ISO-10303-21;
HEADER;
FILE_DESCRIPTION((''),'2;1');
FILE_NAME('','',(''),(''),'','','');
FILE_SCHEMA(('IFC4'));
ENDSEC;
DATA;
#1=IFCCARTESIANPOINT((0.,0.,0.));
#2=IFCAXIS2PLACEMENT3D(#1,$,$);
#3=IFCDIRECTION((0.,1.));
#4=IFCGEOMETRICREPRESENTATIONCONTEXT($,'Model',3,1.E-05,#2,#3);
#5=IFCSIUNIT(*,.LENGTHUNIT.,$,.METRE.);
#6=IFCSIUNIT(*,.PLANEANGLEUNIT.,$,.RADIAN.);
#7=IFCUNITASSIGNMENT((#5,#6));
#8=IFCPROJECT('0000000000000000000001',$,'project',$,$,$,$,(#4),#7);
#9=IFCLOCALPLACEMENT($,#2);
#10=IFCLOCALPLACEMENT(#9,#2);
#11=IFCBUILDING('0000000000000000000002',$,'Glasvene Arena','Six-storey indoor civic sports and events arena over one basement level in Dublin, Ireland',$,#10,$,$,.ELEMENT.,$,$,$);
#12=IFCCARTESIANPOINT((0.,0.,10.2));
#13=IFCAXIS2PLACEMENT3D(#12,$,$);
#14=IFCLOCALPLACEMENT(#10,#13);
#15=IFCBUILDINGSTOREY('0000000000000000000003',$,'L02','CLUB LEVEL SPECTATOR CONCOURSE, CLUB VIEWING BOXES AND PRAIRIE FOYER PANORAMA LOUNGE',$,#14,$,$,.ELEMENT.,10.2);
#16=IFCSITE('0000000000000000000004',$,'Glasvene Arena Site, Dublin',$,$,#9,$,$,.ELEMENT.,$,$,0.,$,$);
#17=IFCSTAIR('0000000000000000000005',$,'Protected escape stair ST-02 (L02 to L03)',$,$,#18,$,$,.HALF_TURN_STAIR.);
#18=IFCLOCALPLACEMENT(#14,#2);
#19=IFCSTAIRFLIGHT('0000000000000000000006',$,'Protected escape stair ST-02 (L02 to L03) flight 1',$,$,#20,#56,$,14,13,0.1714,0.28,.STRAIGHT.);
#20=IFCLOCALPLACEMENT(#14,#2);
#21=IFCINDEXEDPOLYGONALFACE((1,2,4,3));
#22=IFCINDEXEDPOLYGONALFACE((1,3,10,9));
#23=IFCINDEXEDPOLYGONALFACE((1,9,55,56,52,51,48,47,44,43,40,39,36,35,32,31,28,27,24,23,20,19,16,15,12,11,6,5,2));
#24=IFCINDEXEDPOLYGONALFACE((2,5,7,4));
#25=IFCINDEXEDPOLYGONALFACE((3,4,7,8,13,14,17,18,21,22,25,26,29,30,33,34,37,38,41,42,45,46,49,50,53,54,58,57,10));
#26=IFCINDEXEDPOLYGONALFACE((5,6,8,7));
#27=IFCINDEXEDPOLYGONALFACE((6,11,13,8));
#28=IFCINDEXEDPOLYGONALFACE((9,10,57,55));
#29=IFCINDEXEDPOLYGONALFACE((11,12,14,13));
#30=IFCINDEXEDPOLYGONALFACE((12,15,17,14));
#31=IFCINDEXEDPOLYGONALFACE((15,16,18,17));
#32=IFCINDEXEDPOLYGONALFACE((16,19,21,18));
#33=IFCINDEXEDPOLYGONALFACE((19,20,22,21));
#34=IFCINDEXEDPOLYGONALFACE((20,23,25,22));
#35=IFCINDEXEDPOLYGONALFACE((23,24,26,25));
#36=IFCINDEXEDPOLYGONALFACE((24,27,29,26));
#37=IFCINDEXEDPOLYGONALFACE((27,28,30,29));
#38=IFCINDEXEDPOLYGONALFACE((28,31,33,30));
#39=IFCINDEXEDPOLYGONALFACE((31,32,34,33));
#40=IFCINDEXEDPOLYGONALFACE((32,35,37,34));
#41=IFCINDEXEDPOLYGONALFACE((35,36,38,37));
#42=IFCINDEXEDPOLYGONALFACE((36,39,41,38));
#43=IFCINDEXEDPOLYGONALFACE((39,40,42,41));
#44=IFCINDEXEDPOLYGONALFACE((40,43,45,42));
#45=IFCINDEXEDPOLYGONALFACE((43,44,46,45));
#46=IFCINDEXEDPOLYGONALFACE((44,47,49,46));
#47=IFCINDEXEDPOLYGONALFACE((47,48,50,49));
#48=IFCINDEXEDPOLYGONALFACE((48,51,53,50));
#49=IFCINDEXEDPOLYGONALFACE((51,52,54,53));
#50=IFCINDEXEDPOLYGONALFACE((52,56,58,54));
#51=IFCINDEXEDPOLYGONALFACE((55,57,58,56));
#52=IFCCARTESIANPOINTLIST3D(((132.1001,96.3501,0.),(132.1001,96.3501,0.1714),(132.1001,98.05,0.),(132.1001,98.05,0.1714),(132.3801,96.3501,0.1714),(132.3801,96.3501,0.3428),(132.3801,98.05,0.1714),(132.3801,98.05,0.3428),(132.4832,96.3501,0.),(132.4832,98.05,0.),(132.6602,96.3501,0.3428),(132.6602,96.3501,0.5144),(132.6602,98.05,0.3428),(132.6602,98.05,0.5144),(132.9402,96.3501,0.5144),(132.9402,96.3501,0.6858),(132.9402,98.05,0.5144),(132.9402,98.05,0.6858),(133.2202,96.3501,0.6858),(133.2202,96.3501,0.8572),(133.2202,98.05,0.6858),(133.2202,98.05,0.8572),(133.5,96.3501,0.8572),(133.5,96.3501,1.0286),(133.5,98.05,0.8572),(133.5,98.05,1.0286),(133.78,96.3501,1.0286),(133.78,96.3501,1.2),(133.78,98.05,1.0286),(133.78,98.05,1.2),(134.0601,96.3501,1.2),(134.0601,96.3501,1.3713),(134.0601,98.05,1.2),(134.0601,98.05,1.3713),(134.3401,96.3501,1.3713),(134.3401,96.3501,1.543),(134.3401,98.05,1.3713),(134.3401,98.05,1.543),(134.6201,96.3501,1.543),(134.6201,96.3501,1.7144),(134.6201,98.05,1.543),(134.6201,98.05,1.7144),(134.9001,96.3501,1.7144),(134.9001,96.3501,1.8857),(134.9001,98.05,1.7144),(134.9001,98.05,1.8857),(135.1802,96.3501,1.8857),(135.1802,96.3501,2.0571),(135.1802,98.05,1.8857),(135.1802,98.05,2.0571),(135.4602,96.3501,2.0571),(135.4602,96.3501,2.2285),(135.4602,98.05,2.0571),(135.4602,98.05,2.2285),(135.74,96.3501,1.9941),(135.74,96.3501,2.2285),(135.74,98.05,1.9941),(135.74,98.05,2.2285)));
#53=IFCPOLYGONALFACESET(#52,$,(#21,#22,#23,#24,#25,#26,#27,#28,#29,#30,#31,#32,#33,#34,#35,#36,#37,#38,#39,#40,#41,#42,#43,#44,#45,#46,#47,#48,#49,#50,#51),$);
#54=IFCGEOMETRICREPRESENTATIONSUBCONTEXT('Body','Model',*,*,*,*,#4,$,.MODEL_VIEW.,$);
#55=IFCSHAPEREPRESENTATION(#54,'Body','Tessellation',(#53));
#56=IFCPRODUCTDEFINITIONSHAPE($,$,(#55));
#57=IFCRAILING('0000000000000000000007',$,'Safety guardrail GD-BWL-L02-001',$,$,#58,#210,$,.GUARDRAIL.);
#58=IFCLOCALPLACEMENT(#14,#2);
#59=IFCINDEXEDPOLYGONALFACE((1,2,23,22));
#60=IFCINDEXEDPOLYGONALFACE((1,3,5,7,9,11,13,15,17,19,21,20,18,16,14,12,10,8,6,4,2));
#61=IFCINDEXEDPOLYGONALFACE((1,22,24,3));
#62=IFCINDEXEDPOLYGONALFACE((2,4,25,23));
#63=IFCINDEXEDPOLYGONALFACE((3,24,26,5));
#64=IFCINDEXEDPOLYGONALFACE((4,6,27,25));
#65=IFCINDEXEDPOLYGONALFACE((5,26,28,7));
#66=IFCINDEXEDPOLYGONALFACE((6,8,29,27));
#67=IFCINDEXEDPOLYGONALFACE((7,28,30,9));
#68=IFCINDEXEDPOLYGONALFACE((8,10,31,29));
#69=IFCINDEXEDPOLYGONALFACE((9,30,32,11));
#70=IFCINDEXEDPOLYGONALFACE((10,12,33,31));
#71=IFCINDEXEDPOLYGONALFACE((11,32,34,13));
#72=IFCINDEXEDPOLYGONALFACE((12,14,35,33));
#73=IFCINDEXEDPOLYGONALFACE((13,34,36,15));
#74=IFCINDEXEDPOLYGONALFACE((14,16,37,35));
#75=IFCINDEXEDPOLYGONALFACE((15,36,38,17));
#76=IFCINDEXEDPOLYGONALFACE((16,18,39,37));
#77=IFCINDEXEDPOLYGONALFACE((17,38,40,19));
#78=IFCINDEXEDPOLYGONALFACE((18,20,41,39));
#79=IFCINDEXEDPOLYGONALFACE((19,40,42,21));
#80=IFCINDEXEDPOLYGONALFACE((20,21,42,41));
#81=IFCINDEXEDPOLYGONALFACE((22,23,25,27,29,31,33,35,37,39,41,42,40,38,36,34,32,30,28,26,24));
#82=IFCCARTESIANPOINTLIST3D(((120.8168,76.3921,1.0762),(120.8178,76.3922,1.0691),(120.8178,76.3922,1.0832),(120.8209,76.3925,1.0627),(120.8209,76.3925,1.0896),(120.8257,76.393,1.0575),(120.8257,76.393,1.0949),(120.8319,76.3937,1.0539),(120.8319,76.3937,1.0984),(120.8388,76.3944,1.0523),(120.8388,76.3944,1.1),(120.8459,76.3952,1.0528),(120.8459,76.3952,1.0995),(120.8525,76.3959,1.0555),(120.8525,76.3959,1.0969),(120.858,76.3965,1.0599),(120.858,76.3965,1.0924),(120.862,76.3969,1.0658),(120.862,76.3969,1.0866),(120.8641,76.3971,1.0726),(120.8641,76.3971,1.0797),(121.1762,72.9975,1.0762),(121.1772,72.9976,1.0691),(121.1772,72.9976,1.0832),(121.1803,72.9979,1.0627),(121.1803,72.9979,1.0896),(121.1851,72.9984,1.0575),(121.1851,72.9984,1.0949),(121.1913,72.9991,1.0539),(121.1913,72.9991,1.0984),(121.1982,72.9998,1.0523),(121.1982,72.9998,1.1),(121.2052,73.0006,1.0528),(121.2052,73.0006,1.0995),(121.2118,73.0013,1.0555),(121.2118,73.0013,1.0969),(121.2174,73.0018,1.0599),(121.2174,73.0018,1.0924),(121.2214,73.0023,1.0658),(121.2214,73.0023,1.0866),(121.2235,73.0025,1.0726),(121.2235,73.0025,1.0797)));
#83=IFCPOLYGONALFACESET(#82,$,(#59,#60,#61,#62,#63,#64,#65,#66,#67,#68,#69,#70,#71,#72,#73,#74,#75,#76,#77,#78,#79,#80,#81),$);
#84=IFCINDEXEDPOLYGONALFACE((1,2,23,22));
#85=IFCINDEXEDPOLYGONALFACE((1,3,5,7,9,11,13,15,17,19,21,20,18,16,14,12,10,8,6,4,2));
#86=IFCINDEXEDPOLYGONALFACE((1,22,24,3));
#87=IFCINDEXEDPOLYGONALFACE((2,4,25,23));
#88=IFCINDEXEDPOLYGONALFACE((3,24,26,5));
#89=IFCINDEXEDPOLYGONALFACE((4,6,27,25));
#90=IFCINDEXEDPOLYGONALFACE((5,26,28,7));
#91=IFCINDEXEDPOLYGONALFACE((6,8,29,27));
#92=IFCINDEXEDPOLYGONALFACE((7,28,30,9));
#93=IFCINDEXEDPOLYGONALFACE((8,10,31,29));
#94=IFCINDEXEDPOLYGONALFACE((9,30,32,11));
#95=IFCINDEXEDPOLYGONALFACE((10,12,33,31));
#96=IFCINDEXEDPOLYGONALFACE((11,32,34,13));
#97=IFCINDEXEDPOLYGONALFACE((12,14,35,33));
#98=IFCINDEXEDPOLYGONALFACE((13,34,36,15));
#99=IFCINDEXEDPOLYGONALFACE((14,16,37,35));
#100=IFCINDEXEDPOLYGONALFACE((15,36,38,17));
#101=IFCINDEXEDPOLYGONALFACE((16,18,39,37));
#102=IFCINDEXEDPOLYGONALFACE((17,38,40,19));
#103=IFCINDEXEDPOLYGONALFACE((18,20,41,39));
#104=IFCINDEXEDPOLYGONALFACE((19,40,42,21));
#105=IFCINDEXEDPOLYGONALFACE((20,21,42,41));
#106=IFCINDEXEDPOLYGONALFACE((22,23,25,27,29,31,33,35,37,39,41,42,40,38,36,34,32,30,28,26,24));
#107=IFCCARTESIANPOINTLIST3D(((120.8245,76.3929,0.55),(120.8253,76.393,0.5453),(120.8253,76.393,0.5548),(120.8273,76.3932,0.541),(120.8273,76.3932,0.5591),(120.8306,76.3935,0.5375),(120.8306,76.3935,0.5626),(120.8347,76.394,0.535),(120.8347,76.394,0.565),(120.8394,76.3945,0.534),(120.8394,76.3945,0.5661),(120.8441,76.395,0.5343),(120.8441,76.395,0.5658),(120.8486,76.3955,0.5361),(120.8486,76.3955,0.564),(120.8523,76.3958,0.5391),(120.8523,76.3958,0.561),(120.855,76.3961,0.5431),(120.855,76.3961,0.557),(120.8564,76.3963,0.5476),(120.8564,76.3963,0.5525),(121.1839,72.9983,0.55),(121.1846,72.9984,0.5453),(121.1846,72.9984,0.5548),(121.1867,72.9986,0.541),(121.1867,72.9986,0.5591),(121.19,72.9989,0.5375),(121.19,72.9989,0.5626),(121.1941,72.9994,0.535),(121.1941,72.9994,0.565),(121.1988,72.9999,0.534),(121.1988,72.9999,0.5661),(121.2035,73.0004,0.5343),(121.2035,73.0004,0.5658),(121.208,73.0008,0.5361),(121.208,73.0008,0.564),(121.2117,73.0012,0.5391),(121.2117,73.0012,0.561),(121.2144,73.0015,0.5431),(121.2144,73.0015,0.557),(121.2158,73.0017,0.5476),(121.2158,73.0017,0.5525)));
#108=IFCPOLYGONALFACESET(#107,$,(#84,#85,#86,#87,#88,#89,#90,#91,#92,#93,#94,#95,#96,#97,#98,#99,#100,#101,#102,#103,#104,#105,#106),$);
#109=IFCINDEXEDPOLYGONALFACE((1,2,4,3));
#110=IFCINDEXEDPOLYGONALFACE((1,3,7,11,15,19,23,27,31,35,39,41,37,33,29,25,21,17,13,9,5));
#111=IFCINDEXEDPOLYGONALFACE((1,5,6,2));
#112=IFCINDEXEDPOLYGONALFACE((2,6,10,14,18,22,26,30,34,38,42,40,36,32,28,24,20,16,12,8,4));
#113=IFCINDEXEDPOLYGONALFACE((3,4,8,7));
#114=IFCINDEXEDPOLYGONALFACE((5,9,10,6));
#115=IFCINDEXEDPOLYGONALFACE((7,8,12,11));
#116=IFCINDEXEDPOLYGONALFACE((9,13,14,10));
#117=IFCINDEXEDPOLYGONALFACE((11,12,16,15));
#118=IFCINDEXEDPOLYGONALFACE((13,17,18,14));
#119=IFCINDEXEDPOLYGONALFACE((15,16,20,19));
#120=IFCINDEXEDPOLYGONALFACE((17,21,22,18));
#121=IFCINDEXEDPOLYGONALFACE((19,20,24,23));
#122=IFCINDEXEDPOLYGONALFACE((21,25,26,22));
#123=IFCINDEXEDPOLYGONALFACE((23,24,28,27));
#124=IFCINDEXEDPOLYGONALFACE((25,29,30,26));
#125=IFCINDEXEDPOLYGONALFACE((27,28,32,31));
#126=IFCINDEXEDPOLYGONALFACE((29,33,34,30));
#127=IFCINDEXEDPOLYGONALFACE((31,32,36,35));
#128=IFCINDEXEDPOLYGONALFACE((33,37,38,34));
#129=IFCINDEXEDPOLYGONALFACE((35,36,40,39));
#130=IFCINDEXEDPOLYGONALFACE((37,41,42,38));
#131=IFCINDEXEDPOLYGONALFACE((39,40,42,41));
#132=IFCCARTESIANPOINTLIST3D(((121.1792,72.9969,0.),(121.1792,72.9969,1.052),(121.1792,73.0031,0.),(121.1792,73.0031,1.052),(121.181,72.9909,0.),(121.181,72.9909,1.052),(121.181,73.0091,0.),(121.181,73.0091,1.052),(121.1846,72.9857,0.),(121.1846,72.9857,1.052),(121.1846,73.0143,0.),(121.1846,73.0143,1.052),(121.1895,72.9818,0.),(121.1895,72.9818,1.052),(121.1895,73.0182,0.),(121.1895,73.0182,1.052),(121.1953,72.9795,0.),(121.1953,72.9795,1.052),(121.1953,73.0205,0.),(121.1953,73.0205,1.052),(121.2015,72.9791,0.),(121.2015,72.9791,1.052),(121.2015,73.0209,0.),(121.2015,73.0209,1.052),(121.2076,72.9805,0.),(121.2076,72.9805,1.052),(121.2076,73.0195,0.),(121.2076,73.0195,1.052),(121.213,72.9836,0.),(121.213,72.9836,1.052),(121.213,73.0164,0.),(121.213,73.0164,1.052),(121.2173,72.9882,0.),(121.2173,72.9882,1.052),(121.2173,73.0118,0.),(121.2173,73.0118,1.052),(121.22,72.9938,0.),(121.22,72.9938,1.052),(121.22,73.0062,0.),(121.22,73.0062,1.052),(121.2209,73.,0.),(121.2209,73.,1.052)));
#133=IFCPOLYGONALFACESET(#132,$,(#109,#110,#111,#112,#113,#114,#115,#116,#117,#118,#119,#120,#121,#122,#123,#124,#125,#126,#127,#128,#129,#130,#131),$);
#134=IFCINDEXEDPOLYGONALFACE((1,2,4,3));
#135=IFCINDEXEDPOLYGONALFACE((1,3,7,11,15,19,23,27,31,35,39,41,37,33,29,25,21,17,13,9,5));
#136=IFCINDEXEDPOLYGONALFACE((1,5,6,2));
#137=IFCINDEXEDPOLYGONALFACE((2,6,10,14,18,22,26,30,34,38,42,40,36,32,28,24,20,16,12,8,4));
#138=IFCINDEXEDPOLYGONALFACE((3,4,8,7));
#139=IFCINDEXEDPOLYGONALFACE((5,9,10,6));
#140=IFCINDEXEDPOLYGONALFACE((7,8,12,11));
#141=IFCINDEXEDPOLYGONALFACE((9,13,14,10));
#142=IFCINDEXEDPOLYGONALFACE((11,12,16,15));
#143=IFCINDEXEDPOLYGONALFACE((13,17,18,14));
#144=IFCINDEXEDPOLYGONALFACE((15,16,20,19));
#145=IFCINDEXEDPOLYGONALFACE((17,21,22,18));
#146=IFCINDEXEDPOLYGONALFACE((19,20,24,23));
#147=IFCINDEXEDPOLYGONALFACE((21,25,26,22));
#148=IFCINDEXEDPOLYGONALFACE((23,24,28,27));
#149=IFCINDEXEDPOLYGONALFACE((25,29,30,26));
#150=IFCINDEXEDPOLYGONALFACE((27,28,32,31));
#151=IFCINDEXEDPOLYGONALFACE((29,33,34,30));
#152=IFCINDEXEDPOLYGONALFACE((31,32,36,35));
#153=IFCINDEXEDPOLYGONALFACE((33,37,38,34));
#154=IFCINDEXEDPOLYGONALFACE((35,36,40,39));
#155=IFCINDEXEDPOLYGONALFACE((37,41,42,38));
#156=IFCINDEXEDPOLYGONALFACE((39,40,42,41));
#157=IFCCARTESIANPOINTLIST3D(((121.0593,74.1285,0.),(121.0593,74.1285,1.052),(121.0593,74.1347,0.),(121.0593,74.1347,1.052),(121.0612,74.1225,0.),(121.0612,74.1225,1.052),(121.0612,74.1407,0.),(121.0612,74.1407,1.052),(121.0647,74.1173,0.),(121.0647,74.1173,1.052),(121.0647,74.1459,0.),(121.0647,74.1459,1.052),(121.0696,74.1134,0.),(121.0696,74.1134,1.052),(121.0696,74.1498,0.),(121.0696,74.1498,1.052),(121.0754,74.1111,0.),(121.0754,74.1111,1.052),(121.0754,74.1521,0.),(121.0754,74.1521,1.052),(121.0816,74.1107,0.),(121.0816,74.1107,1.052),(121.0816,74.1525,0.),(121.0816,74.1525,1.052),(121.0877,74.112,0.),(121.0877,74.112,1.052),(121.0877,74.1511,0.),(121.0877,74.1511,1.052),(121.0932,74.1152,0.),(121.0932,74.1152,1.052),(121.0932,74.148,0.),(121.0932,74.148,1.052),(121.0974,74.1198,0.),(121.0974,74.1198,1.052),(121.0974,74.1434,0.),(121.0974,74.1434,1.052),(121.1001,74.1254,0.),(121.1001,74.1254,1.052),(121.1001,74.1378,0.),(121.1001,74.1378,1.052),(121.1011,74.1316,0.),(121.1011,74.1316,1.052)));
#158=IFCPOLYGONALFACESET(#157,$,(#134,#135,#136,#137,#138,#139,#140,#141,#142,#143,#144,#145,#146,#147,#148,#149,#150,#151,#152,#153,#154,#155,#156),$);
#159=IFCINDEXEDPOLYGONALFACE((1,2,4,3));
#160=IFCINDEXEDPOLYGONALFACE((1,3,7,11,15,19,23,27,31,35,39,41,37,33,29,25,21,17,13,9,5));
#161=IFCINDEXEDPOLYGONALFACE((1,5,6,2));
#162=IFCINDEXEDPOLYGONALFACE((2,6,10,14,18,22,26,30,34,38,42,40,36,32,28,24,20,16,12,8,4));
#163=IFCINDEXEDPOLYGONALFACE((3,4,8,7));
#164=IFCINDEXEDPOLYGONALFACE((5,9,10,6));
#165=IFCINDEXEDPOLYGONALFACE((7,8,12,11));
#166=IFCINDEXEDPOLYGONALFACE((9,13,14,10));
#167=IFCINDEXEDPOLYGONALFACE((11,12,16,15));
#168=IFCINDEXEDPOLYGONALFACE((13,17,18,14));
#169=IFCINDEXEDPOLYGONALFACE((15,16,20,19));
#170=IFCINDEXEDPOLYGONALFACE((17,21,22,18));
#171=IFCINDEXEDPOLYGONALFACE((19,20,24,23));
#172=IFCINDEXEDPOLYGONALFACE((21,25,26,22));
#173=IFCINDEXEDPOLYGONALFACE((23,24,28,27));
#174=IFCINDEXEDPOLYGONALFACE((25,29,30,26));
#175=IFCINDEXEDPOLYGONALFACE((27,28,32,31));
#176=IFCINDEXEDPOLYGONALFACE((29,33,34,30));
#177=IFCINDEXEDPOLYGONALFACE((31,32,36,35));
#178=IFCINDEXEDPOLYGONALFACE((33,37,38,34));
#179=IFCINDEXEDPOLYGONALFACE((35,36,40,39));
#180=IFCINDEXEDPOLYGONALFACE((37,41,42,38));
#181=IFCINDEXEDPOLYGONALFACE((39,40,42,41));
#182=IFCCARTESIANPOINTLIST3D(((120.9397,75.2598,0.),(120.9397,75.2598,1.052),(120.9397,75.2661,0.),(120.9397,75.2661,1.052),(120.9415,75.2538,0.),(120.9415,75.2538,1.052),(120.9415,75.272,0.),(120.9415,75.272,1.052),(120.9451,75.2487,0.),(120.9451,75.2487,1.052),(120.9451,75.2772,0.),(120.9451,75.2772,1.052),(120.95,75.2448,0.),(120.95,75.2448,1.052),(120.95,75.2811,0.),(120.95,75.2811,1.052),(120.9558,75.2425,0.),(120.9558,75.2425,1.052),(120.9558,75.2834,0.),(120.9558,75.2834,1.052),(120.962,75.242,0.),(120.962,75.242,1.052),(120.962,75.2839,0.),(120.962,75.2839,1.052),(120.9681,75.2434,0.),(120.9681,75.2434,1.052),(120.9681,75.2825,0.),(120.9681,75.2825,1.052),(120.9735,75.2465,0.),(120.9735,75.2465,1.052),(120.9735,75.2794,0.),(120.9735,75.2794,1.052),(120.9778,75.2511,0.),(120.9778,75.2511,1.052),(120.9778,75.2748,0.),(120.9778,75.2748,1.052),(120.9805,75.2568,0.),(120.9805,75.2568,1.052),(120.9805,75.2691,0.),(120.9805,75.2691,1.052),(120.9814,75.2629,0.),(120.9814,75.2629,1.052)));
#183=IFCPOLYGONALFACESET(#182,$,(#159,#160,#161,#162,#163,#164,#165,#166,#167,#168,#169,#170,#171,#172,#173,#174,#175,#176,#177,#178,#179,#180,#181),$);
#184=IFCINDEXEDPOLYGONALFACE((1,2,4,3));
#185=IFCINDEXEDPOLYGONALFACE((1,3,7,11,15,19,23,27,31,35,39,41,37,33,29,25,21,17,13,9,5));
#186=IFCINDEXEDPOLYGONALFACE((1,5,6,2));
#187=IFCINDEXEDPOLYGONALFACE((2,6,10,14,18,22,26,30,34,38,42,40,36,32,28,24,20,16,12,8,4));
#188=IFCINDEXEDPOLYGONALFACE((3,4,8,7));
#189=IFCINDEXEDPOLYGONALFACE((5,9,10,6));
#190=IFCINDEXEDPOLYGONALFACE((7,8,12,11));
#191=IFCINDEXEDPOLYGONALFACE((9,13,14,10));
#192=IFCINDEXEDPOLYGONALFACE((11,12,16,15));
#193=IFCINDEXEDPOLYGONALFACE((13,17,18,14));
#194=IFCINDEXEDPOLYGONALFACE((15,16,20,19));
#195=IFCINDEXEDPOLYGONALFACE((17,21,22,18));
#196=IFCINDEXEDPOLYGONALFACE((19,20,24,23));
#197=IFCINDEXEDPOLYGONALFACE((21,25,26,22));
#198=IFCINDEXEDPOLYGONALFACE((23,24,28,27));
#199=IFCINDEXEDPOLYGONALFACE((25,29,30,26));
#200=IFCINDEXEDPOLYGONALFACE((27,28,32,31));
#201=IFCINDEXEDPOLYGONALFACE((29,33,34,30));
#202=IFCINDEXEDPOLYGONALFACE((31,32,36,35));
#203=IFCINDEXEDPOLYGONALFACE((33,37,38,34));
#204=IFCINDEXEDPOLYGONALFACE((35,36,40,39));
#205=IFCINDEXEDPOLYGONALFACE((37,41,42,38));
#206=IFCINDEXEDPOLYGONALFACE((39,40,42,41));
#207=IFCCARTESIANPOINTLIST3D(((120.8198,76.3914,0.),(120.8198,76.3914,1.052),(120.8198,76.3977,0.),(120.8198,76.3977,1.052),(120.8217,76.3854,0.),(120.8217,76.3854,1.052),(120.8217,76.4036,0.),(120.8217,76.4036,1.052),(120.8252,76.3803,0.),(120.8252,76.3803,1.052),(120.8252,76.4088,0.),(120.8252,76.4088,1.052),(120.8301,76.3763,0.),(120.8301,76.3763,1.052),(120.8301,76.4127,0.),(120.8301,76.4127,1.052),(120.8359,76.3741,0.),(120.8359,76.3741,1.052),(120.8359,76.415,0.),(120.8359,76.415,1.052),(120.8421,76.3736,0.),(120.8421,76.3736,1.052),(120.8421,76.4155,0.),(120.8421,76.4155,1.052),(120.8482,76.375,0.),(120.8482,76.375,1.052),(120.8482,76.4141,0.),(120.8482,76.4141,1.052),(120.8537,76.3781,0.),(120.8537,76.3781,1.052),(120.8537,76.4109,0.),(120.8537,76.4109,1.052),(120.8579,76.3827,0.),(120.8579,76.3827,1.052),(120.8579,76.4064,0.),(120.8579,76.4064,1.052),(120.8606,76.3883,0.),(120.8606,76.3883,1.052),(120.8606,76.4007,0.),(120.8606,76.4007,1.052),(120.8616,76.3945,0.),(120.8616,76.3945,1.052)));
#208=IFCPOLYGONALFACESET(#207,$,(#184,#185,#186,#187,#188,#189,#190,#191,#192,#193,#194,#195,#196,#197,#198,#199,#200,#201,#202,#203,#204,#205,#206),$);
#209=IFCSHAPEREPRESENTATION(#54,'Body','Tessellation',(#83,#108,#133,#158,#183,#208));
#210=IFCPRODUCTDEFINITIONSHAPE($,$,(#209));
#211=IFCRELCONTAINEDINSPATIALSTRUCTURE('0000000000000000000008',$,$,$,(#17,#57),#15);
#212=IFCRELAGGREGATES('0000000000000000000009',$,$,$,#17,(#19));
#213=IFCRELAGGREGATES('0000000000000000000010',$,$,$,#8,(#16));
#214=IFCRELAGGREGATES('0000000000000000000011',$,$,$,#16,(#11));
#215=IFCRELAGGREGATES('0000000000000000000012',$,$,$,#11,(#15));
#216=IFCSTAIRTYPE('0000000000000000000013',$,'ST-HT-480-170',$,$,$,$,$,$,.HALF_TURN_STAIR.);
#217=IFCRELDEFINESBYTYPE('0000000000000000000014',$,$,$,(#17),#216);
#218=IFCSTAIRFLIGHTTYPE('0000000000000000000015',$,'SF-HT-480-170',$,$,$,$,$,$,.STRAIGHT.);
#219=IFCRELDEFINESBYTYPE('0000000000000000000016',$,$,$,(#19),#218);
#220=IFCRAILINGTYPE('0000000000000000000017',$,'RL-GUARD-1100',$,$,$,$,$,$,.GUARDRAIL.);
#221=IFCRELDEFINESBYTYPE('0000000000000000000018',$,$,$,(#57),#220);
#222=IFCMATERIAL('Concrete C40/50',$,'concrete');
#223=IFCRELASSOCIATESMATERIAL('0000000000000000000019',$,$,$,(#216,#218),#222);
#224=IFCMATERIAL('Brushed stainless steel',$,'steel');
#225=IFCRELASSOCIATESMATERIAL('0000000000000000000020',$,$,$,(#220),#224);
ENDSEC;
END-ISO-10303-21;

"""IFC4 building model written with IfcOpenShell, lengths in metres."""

from ifc_helpers import new_model, si_unit, direction, frame, origin, origin_2d, place, context, subcontext, project, spatial, polyline, circle, outline, extrude, material, type_object, element, aggregate, save


model = new_model("IFC4")

# Units and contexts
model_context = context("Model", 3, precision=1e-05, world=origin(), true_north=direction((0.0, 1.0)))
body_context = subcontext(model_context, "Body", "Model", "MODEL_VIEW")
ifc_project = project(units=[si_unit("LENGTHUNIT", "METRE"), si_unit("PLANEANGLEUNIT", "RADIAN")], contexts=[model_context])

# Site, building, storey
site_placement = place(None, origin())
site = spatial("IfcSite", under=ifc_project, at=site_placement, Name="Glasvene Arena Site, Dublin", CompositionType="ELEMENT", RefElevation=0.0)
building_placement = place(site_placement, origin())
building = spatial("IfcBuilding", under=site, at=building_placement, Name="Glasvene Arena", Description="Six-storey indoor civic sports and events arena over one basement level in Dublin, Ireland", CompositionType="ELEMENT")
storey_placement = place(building_placement, frame((0.0, 0.0, 10.2)))
storey = spatial("IfcBuildingStorey", under=building, at=storey_placement, Name="L02", Description="CLUB LEVEL SPECTATOR CONCOURSE, CLUB VIEWING BOXES AND PRAIRIE FOYER PANORAMA LOUNGE", CompositionType="ELEMENT", Elevation=10.2)

# Shared definitions
ifc_material_1 = material(Name="Concrete C40/50", Category="concrete")

# Stair, stair flight
stair_type = type_object("IfcStairType", Name="ST-HT-480-170", PredefinedType="HALF_TURN_STAIR", material=ifc_material_1)
stair_placement = place(storey_placement, origin())
stair = element("IfcStair", 1, at=stair_placement, inside=storey, type_object=stair_type, Name="Protected escape stair ST-02 (L02 to L03)", PredefinedType="HALF_TURN_STAIR")
stair_flight_type = type_object("IfcStairFlightType", Name="SF-HT-480-170", PredefinedType="STRAIGHT", material=ifc_material_1)
stair_flight_placement = place(storey_placement, frame((132.1001, 97.2, 0.0), z_axis=(0.0, 0.0, 1.0), x_axis=(1.0, 0.0, 0.0)))
stair_flight = element("IfcStairFlight", 2, at=stair_flight_placement, type_object=stair_flight_type, Name="Protected escape stair ST-02 (L02 to L03) flight 1", NumberOfRisers=14, NumberOfTreads=13, PredefinedType="STRAIGHT", RiserHeight=0.1714, TreadLength=0.28, context=body_context, shape_type="SweptSolid", body=[
    extrude(outline(polyline([(0.0, 0.0), (0.0, 0.1714), (0.28, 0.1714), (0.28, 0.3428), (0.5601, 0.3428), (0.5601, 0.5144), (0.8401, 0.5144), (0.8401, 0.6858), (1.1201, 0.6858), (1.1201, 0.8572), (1.3999, 0.8572), (1.3999, 1.0286), (1.6799, 1.0286), (1.6799, 1.2), (1.96, 1.2), (1.96, 1.3713), (2.24, 1.3713), (2.24, 1.543), (2.52, 1.543), (2.52, 1.7144), (2.8, 1.7144), (2.8, 1.8857), (3.0801, 1.8857), (3.0801, 2.0571), (3.3601, 2.0571), (3.3601, 2.2285), (3.6399, 2.2285), (3.6399, 2.3999), (3.6399, 1.9941), (0.3831, 0.0), (0.0, 0.0)])), frame((0.0, 0.8501, 0.0), z_axis=(0.0, -1.0, 0.0), x_axis=(1.0, 0.0, 0.0)), (0.0, 0.0, 1.0), 1.7),
])
aggregate(stair, [stair_flight])

# Railing
ifc_material_2 = material(Name="Brushed stainless steel", Category="steel")
railing_type_1 = type_object("IfcRailingType", Name="RL-GUARD-1100", PredefinedType="GUARDRAIL", material=ifc_material_2)
railing_1_placement = place(storey_placement, frame((121.2, 73.0, 0.0)))
element("IfcRailing", 3, at=railing_1_placement, inside=storey, type_object=railing_type_1, Name="Safety guardrail GD-BWL-L02-001", PredefinedType="GUARDRAIL", context=body_context, shape_type="SweptSolid", body=[
    extrude(circle(Radius=0.0239, at=origin_2d()), frame((0.0, 0.0, 1.0762), z_axis=(-0.10528, 0.994443, 0.0), x_axis=(-0.994443, -0.10528, 0.0)), (0.0, 0.0, 1.0), 3.4136),
    extrude(circle(Radius=0.0161, at=origin_2d()), frame((0.0, 0.0, 0.55), z_axis=(-0.10528, 0.994443, 0.0), x_axis=(-0.994443, -0.10528, 0.0)), (0.0, 0.0, 1.0), 3.4136),
    extrude(circle(Radius=0.021, at=origin_2d()), origin(), (0.0, 0.0, 1.0), 1.052),
    extrude(circle(Radius=0.021, at=origin_2d()), frame((-0.1199, 1.1316, 0.0)), (0.0, 0.0, 1.0), 1.052),
    extrude(circle(Radius=0.021, at=origin_2d()), frame((-0.2395, 2.2629, 0.0)), (0.0, 0.0, 1.0), 1.052),
    extrude(circle(Radius=0.021, at=origin_2d()), frame((-0.3594, 3.3945, 0.0)), (0.0, 0.0, 1.0), 1.052),
])

save(model, "model.ifc")
